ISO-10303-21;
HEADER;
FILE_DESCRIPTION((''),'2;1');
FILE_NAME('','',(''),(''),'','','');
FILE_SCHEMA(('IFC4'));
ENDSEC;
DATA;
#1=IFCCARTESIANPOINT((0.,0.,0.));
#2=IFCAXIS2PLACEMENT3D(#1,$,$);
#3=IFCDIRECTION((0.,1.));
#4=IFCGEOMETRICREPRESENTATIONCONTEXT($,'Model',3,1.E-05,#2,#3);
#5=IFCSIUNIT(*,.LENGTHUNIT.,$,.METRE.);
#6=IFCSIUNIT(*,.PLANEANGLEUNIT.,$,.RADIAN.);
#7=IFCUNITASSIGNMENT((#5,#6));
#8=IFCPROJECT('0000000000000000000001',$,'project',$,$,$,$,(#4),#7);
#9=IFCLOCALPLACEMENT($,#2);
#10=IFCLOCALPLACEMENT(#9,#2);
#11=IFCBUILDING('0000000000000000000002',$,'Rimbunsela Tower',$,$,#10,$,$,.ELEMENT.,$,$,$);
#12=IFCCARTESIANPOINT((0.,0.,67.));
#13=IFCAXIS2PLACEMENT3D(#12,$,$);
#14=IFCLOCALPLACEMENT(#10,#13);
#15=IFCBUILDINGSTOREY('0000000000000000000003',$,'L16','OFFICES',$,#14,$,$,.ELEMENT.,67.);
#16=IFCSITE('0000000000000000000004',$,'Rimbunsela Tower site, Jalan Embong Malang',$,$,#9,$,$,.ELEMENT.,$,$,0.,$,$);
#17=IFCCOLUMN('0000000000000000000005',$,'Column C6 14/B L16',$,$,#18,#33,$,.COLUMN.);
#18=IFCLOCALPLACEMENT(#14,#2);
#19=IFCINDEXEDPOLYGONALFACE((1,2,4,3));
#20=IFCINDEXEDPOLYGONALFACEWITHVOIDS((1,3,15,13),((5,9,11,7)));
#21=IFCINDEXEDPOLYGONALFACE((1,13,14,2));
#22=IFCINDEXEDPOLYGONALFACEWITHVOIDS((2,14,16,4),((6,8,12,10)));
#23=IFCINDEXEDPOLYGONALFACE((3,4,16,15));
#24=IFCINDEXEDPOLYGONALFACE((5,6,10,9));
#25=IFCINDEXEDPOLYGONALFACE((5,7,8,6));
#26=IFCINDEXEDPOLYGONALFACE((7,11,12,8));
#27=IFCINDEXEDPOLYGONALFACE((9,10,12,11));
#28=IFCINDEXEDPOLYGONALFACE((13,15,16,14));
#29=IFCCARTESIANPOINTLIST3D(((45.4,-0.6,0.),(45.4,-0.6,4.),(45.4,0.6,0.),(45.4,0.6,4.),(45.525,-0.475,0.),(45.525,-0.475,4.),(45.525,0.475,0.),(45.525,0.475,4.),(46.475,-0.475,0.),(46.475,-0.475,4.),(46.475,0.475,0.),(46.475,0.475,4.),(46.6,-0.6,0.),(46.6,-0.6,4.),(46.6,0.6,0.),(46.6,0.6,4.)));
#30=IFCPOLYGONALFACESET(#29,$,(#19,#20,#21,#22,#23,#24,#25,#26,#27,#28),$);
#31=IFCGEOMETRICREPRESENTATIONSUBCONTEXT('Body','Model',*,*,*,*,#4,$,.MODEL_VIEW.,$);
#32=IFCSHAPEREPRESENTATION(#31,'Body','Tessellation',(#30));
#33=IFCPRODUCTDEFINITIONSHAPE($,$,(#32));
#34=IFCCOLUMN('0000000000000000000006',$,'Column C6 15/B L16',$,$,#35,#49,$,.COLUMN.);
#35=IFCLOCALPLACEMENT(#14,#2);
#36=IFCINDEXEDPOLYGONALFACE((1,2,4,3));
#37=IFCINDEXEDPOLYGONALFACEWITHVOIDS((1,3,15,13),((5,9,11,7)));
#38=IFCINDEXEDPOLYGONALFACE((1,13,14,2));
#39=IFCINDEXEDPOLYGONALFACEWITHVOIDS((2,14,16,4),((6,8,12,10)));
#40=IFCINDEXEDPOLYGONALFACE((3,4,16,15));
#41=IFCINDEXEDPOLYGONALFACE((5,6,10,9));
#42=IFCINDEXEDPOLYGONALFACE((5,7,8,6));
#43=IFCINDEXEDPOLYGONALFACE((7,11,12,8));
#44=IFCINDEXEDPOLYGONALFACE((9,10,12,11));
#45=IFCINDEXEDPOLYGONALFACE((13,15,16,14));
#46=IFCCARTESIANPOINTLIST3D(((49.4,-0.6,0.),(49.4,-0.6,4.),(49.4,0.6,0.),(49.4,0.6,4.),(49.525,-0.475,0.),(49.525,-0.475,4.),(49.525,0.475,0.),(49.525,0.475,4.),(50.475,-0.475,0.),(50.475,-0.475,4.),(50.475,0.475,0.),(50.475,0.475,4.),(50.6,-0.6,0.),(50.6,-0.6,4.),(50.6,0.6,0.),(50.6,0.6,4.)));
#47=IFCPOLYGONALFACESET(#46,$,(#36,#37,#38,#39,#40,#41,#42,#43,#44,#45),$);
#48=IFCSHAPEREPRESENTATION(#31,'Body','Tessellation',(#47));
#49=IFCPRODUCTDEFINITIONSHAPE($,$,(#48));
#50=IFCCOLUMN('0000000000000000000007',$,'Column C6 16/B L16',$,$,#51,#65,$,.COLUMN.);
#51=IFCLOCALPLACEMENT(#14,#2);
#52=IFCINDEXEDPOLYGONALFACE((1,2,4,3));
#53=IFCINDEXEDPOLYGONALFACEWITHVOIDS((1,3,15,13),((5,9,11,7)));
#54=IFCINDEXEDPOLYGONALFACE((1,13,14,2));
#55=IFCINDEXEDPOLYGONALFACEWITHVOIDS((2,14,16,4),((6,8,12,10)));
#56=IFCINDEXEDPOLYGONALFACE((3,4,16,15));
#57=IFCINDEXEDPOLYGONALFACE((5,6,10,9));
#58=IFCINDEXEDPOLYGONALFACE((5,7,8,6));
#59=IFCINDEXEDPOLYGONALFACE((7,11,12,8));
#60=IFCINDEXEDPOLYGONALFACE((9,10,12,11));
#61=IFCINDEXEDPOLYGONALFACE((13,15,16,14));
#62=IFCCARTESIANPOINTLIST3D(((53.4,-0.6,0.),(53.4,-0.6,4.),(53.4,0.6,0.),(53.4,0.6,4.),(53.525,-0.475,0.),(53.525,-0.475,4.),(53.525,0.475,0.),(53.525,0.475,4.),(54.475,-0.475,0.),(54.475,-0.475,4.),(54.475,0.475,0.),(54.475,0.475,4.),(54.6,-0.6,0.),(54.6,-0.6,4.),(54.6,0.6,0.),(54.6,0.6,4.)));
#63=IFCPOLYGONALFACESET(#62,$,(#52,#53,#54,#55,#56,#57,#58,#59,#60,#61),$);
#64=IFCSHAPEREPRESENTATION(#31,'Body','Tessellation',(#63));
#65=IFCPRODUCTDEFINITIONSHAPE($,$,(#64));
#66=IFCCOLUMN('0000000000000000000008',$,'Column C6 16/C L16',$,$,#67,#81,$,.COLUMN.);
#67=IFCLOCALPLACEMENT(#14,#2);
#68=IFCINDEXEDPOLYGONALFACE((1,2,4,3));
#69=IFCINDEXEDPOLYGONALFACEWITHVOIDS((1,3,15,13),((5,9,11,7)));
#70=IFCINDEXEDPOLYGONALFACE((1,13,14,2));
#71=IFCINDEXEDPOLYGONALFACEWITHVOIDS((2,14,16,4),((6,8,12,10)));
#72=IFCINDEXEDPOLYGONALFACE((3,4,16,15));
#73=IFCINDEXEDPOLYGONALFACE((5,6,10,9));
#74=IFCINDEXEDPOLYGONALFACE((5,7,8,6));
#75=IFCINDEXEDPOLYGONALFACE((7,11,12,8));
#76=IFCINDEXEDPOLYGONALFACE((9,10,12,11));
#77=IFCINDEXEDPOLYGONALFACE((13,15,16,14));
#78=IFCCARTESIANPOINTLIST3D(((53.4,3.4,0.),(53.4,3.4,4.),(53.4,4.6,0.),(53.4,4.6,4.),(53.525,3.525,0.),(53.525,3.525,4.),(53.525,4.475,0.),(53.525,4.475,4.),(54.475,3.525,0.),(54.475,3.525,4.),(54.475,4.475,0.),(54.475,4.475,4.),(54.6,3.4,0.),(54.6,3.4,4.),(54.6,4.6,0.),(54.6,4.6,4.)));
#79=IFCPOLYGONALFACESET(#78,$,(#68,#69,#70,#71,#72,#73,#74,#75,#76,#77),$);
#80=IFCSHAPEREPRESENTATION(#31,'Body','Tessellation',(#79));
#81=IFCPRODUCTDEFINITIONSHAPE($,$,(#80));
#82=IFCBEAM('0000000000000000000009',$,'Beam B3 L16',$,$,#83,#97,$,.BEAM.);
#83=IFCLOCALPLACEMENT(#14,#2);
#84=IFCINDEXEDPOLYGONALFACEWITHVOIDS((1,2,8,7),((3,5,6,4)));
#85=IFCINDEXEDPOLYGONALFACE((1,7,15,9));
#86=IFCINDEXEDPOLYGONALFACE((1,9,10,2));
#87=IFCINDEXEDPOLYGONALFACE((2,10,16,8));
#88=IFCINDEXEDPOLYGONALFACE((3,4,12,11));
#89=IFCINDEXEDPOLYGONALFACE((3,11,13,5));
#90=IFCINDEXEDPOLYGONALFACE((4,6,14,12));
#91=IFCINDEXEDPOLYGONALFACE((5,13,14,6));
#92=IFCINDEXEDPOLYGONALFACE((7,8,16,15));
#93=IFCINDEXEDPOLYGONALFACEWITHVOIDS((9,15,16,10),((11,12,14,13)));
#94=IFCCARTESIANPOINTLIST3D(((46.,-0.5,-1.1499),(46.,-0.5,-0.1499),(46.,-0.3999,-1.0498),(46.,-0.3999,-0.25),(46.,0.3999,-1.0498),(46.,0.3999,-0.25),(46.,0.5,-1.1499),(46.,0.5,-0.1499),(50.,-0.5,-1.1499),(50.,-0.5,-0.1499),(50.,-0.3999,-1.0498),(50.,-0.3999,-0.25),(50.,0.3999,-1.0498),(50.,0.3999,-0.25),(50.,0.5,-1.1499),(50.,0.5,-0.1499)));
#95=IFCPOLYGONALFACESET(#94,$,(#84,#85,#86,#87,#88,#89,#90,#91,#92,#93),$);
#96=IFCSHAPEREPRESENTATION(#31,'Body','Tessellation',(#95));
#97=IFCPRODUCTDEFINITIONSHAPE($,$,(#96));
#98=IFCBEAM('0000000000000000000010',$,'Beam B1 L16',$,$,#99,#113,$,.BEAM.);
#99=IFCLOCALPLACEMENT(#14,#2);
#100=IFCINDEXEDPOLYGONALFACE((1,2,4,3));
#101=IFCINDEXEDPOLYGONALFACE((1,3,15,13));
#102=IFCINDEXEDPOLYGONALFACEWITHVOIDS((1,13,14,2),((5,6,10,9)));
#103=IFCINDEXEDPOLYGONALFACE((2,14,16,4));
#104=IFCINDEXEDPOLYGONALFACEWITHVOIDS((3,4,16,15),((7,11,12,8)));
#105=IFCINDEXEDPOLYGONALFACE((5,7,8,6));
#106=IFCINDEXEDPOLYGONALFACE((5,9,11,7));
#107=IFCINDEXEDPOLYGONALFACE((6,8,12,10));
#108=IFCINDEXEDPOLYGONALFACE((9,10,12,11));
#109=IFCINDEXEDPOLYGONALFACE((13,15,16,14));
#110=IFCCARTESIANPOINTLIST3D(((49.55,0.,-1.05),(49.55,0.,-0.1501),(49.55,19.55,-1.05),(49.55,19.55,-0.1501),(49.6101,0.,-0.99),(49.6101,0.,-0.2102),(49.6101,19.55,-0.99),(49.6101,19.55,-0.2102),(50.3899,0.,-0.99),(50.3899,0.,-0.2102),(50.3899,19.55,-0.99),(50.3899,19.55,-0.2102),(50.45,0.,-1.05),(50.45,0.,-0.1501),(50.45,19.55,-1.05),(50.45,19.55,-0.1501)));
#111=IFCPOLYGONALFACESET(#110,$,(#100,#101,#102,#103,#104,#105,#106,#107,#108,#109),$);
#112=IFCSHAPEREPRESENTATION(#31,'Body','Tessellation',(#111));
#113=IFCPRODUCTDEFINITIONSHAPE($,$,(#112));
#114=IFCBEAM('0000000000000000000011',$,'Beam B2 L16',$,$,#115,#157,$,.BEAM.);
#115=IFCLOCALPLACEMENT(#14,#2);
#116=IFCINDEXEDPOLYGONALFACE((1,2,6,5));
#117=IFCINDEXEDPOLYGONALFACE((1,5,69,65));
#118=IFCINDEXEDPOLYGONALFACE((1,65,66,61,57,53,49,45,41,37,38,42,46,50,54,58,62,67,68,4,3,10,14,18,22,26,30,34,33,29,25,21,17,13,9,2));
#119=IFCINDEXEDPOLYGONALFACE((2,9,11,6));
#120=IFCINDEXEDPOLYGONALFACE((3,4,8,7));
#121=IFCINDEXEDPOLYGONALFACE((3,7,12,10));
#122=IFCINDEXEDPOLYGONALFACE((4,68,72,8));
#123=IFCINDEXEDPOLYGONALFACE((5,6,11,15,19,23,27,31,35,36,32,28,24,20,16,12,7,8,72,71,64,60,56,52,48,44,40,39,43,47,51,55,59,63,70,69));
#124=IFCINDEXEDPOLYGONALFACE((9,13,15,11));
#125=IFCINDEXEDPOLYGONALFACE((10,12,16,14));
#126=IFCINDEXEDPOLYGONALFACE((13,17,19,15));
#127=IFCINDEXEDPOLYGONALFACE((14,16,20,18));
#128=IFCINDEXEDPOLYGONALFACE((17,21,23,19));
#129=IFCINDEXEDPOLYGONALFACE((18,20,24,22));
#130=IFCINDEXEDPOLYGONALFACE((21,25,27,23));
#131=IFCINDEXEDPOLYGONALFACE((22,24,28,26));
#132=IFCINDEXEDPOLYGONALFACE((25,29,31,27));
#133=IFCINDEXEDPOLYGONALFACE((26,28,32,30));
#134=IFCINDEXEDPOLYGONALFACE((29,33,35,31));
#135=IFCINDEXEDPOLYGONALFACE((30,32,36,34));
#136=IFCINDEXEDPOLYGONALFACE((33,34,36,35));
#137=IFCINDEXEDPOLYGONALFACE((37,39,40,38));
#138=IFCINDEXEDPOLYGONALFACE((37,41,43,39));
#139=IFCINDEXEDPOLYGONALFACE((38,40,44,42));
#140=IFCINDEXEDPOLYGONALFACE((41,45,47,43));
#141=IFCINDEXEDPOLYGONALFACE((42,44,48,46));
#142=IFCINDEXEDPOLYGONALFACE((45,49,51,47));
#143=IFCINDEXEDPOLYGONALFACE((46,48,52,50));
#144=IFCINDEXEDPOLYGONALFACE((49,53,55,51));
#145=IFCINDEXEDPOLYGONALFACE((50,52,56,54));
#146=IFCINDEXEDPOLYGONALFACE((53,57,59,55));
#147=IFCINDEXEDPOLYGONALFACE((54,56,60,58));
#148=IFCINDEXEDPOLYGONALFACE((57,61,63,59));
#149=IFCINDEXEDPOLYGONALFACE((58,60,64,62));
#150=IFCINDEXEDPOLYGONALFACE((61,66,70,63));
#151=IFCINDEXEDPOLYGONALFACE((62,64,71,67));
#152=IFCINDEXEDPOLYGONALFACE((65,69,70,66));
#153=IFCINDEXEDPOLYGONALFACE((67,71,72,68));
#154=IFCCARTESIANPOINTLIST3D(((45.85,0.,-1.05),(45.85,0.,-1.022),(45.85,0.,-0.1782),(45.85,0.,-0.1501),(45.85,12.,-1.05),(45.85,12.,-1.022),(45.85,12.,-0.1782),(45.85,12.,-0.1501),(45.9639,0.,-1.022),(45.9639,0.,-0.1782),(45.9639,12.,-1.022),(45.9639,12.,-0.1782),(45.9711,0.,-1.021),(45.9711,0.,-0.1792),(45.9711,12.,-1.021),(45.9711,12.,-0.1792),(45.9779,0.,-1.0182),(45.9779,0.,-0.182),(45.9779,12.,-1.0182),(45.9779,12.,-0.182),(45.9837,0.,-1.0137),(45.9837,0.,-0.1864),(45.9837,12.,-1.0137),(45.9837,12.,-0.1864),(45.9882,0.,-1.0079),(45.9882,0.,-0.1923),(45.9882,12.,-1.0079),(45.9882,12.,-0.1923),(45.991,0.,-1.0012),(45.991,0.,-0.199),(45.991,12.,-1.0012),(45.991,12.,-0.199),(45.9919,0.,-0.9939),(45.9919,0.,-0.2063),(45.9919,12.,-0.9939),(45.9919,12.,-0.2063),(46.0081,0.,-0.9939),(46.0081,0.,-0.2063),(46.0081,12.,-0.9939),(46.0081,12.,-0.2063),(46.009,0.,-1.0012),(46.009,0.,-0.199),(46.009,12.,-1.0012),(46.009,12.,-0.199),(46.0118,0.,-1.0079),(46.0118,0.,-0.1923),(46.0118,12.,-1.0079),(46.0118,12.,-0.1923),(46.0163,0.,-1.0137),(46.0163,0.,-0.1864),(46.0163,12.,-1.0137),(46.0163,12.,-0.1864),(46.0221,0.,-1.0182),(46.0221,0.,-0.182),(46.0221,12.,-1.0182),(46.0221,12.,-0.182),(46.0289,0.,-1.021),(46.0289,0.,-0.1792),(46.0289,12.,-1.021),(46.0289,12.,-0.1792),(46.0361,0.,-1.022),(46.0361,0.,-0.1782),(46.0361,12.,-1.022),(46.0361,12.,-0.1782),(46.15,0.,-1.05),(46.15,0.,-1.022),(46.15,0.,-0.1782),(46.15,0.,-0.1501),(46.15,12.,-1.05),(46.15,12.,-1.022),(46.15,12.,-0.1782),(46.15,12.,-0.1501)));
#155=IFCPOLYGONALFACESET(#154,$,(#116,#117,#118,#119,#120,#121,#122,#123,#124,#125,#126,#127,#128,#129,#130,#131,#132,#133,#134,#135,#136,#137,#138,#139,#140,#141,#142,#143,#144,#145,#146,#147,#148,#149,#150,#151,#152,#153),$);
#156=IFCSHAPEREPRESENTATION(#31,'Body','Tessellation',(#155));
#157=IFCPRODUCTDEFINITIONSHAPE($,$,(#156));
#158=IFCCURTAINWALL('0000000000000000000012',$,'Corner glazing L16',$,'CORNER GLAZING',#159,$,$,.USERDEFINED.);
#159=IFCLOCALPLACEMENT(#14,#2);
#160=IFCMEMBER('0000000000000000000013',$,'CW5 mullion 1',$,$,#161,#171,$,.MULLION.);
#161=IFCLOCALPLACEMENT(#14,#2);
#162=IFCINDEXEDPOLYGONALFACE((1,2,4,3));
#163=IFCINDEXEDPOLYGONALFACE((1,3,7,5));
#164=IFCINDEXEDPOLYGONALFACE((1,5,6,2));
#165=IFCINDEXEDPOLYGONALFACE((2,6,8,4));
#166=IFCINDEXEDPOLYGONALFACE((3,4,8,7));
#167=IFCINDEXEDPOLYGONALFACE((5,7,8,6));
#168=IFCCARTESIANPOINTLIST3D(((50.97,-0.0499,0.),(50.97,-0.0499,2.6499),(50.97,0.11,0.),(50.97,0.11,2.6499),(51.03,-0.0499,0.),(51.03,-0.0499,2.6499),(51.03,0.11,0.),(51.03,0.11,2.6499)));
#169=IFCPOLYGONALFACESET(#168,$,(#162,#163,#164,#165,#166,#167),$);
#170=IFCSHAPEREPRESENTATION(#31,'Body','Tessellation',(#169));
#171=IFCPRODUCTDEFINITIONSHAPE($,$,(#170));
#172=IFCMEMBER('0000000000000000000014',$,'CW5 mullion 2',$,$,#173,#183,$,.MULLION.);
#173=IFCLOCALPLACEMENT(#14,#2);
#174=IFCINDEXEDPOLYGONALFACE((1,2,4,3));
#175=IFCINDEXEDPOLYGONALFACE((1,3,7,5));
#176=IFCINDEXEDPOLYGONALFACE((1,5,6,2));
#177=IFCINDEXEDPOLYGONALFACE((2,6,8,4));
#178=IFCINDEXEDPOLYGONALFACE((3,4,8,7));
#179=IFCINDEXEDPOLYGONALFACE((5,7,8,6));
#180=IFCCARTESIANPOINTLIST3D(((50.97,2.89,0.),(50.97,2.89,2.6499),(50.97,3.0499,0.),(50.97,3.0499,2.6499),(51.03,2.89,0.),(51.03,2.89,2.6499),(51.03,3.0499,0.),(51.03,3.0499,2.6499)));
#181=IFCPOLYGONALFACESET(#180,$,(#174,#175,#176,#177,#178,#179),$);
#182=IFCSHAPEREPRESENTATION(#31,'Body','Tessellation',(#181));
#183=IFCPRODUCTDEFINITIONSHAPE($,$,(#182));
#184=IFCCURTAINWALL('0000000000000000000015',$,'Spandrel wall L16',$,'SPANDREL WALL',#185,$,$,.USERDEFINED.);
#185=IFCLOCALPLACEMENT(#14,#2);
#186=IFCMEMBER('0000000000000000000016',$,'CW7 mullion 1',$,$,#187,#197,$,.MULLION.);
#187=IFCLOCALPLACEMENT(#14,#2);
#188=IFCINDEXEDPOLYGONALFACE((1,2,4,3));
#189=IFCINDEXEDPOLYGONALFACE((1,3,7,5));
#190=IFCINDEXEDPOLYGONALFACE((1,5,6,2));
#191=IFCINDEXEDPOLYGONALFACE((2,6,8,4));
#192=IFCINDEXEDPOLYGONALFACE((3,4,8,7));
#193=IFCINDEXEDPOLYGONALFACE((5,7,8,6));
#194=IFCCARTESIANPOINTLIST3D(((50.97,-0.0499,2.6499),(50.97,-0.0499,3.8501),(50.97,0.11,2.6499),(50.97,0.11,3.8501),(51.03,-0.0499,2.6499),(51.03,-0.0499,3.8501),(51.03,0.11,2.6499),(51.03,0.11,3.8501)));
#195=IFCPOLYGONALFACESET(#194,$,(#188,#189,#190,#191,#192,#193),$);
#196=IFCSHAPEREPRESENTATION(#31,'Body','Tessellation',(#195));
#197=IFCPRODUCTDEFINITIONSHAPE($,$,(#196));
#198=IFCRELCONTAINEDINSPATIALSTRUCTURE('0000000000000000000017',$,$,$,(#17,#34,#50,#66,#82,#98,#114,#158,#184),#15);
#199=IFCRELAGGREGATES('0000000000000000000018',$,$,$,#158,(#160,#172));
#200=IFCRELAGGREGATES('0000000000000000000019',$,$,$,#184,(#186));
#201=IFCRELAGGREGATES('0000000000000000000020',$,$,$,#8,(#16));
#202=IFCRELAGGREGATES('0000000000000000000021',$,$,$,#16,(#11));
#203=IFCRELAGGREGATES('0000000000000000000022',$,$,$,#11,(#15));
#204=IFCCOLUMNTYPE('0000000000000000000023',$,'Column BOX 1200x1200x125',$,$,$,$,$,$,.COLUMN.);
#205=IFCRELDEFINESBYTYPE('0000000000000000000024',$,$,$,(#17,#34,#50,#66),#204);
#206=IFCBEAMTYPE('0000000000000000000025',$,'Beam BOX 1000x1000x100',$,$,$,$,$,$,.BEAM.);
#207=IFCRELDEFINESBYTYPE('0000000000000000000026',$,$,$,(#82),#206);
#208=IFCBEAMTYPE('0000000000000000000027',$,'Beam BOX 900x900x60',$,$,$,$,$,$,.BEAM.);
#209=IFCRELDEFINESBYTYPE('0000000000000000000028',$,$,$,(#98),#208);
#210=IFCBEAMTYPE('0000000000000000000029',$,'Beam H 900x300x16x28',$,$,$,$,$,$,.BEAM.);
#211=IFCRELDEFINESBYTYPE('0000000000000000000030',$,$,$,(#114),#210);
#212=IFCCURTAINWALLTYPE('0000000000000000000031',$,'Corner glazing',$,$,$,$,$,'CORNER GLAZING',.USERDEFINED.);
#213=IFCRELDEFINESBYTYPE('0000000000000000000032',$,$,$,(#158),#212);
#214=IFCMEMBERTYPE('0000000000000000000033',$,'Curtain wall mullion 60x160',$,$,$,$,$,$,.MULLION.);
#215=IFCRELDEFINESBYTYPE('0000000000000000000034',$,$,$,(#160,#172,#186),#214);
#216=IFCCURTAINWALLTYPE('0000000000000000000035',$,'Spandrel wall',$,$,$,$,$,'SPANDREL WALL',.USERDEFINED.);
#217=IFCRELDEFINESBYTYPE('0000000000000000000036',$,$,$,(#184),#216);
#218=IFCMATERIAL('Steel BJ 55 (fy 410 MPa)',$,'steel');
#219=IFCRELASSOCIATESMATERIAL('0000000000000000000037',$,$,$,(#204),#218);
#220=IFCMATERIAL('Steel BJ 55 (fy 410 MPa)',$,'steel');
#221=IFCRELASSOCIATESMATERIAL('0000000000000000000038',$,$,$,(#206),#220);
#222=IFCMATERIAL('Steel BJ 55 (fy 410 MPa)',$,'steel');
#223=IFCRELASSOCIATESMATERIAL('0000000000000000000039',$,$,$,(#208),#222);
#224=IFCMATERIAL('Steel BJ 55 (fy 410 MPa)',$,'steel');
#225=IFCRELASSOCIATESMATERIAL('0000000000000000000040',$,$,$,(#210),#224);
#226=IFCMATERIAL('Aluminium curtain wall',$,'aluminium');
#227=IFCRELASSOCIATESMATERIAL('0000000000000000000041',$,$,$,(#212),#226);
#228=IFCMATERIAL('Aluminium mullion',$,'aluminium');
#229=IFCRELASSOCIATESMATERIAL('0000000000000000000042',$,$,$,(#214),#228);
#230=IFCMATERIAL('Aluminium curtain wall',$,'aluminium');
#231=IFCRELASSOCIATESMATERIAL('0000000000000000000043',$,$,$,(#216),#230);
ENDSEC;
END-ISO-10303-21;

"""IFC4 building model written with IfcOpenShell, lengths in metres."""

from ifc_helpers import new_model, si_unit, direction, frame, origin, origin_2d, place, context, subcontext, project, spatial, rectangle, hollow_rectangle, i_section, extrude, material, material_profile, profile_set, type_object, element, aggregate, save


model = new_model("IFC4")

# Units and contexts
model_context = context("Model", 3, precision=1e-05, world=origin(), true_north=direction((0.0, 1.0)))
body_context = subcontext(model_context, "Body", "Model", "MODEL_VIEW")
ifc_project = project(units=[si_unit("LENGTHUNIT", "METRE"), si_unit("PLANEANGLEUNIT", "RADIAN")], contexts=[model_context])

# Site, building, storey
site_placement = place(None, origin())
site = spatial("IfcSite", under=ifc_project, at=site_placement, Name="Rimbunsela Tower site, Jalan Embong Malang", CompositionType="ELEMENT", RefElevation=0.0)
building_placement = place(site_placement, origin())
building = spatial("IfcBuilding", under=site, at=building_placement, Name="Rimbunsela Tower", CompositionType="ELEMENT")
storey_placement = place(building_placement, frame((0.0, 0.0, 67.0)))
storey = spatial("IfcBuildingStorey", under=building, at=storey_placement, Name="L16", Description="OFFICES", CompositionType="ELEMENT", Elevation=67.0)

# Columns
ifc_material_1 = material(Name="Steel BJ 55 (fy 410 MPa)", Category="steel")
ifc_material_profile_1 = material_profile(ifc_material_1, hollow_rectangle(XDim=1.2, YDim=1.2, WallThickness=0.125, at=origin_2d()), Name="BOX 1200x1200x125")
ifc_profile_set_1 = profile_set([ifc_material_profile_1], Name="Steel BJ 55 (fy 410 MPa)")
column_type = type_object("IfcColumnType", Name="Column BOX 1200x1200x125", PredefinedType="COLUMN", material=ifc_profile_set_1)
for number, where, z_axis, x_axis, name in (
    (1, (46.0, 0.0, 0.0), (0.0, 0.0, 1.0), (1.0, 0.0, 0.0), "Column C6 14/B L16"),
    (2, (50.0, 0.0, 0.0), (0.0, 0.0, 1.0), (1.0, 0.0, 0.0), "Column C6 15/B L16"),
    (3, (54.0, 0.0, 0.0), (0.0, 0.0, 1.0), (1.0, 0.0, 0.0), "Column C6 16/B L16"),
    (4, (54.0, 4.0, 0.0), (0.0, 0.0, 1.0), (1.0, 0.0, 0.0), "Column C6 16/C L16"),
):
    element("IfcColumn", number, at=place(storey_placement, frame(where, z_axis=z_axis, x_axis=x_axis)), inside=storey, type_object=column_type, Name=name, PredefinedType="COLUMN", context=body_context, shape_type="SweptSolid", body=[
        extrude(hollow_rectangle(XDim=1.2, YDim=1.2, WallThickness=0.125, at=origin_2d()), origin(), (0.0, 0.0, 1.0), 4.0),
    ])

# Beams
ifc_material_2 = material(Name="Steel BJ 55 (fy 410 MPa)", Category="steel")
ifc_material_profile_2 = material_profile(ifc_material_2, hollow_rectangle(XDim=1.0, YDim=1.0, WallThickness=0.1001, at=origin_2d()), Name="BOX 1000x1000x100")
ifc_profile_set_2 = profile_set([ifc_material_profile_2], Name="Steel BJ 55 (fy 410 MPa)")
beam_type_1 = type_object("IfcBeamType", Name="Beam BOX 1000x1000x100", PredefinedType="BEAM", material=ifc_profile_set_2)
beam_1_placement = place(storey_placement, frame((46.0, 0.0, -0.6499), z_axis=(1.0, 0.0, 0.0), x_axis=(0.0, 1.0, 0.0)))
element("IfcBeam", 5, at=beam_1_placement, inside=storey, type_object=beam_type_1, Name="Beam B3 L16", PredefinedType="BEAM", context=body_context, shape_type="SweptSolid", body=[
    extrude(hollow_rectangle(XDim=1.0, YDim=1.0, WallThickness=0.1001, at=origin_2d()), origin(), (0.0, 0.0, 1.0), 4.0),
])
ifc_material_3 = material(Name="Steel BJ 55 (fy 410 MPa)", Category="steel")
ifc_material_profile_3 = material_profile(ifc_material_3, hollow_rectangle(XDim=0.8999, YDim=0.8999, WallThickness=0.0601, at=origin_2d()), Name="BOX 900x900x60")
ifc_profile_set_3 = profile_set([ifc_material_profile_3], Name="Steel BJ 55 (fy 410 MPa)")
beam_type_2 = type_object("IfcBeamType", Name="Beam BOX 900x900x60", PredefinedType="BEAM", material=ifc_profile_set_3)
beam_2_placement = place(storey_placement, frame((50.0, 0.0, -0.6001), z_axis=(0.0, 1.0, 0.0), x_axis=(-1.0, 0.0, 0.0)))
element("IfcBeam", 6, at=beam_2_placement, inside=storey, type_object=beam_type_2, Name="Beam B1 L16", PredefinedType="BEAM", context=body_context, shape_type="SweptSolid", body=[
    extrude(hollow_rectangle(XDim=0.8999, YDim=0.8999, WallThickness=0.0601, at=origin_2d()), origin(), (0.0, 0.0, 1.0), 19.55),
])
ifc_material_4 = material(Name="Steel BJ 55 (fy 410 MPa)", Category="steel")
ifc_material_profile_4 = material_profile(ifc_material_4, i_section(OverallWidth=0.3, OverallDepth=0.8999, WebThickness=0.0161, FlangeThickness=0.0281, FilletRadius=0.0281, at=origin_2d()), Name="H 900x300x16x28")
ifc_profile_set_4 = profile_set([ifc_material_profile_4], Name="Steel BJ 55 (fy 410 MPa)")
beam_type_3 = type_object("IfcBeamType", Name="Beam H 900x300x16x28", PredefinedType="BEAM", material=ifc_profile_set_4)
beam_3_placement = place(storey_placement, frame((46.0, 0.0, -0.6001), z_axis=(0.0, 1.0, 0.0), x_axis=(-1.0, 0.0, 0.0)))
element("IfcBeam", 7, at=beam_3_placement, inside=storey, type_object=beam_type_3, Name="Beam B2 L16", PredefinedType="BEAM", context=body_context, shape_type="SweptSolid", body=[
    extrude(i_section(OverallWidth=0.3, OverallDepth=0.8999, WebThickness=0.0161, FlangeThickness=0.0281, FilletRadius=0.0281, at=origin_2d()), origin(), (0.0, 0.0, 1.0), 12.0),
])

# Curtain walls, members
ifc_material_5 = material(Name="Aluminium curtain wall", Category="aluminium")
curtain_wall_type_1 = type_object("IfcCurtainWallType", Name="Corner glazing", ElementType="CORNER GLAZING", PredefinedType="USERDEFINED", material=ifc_material_5)
curtain_wall_1_placement = place(storey_placement, origin())
curtain_wall_1 = element("IfcCurtainWall", 8, at=curtain_wall_1_placement, inside=storey, type_object=curtain_wall_type_1, Name="Corner glazing L16", ObjectType="CORNER GLAZING", PredefinedType="USERDEFINED")
ifc_material_6 = material(Name="Aluminium mullion", Category="aluminium")
ifc_material_profile_5 = material_profile(ifc_material_6, rectangle(XDim=0.0601, YDim=0.1599, at=origin_2d()), Name="Mullion 60x160")
ifc_profile_set_5 = profile_set([ifc_material_profile_5], Name="Aluminium mullion")
member_type_1 = type_object("IfcMemberType", Name="Curtain wall mullion 60x160", PredefinedType="MULLION", material=ifc_profile_set_5)
member_1_placement = place(storey_placement, frame((51.0, 0.03, 0.0), z_axis=(0.0, 0.0, 1.0), x_axis=(-1.0, 0.0, 0.0)))
member_1 = element("IfcMember", 9, at=member_1_placement, type_object=member_type_1, Name="CW5 mullion 1", PredefinedType="MULLION", context=body_context, shape_type="SweptSolid", body=[
    extrude(rectangle(XDim=0.0601, YDim=0.1599, at=origin_2d()), origin(), (0.0, 0.0, 1.0), 2.6499),
])
member_2_placement = place(storey_placement, frame((51.0, 2.97, 0.0), z_axis=(0.0, 0.0, 1.0), x_axis=(-1.0, 0.0, 0.0)))
member_2 = element("IfcMember", 10, at=member_2_placement, type_object=member_type_1, Name="CW5 mullion 2", PredefinedType="MULLION", context=body_context, shape_type="SweptSolid", body=[
    extrude(rectangle(XDim=0.0601, YDim=0.1599, at=origin_2d()), origin(), (0.0, 0.0, 1.0), 2.6499),
])
ifc_material_7 = material(Name="Aluminium curtain wall", Category="aluminium")
curtain_wall_type_2 = type_object("IfcCurtainWallType", Name="Spandrel wall", ElementType="SPANDREL WALL", PredefinedType="USERDEFINED", material=ifc_material_7)
curtain_wall_2_placement = place(storey_placement, origin())
curtain_wall_2 = element("IfcCurtainWall", 11, at=curtain_wall_2_placement, inside=storey, type_object=curtain_wall_type_2, Name="Spandrel wall L16", ObjectType="SPANDREL WALL", PredefinedType="USERDEFINED")
member_3_placement = place(storey_placement, frame((51.0, 0.03, 2.6499), z_axis=(0.0, 0.0, 1.0), x_axis=(-1.0, 0.0, 0.0)))
member_3 = element("IfcMember", 12, at=member_3_placement, type_object=member_type_1, Name="CW7 mullion 1", PredefinedType="MULLION", context=body_context, shape_type="SweptSolid", body=[
    extrude(rectangle(XDim=0.0601, YDim=0.1599, at=origin_2d()), origin(), (0.0, 0.0, 1.0), 1.2002),
])

aggregate(curtain_wall_1, [member_1, member_2])
aggregate(curtain_wall_2, [member_3])

save(model, "model.ifc")
